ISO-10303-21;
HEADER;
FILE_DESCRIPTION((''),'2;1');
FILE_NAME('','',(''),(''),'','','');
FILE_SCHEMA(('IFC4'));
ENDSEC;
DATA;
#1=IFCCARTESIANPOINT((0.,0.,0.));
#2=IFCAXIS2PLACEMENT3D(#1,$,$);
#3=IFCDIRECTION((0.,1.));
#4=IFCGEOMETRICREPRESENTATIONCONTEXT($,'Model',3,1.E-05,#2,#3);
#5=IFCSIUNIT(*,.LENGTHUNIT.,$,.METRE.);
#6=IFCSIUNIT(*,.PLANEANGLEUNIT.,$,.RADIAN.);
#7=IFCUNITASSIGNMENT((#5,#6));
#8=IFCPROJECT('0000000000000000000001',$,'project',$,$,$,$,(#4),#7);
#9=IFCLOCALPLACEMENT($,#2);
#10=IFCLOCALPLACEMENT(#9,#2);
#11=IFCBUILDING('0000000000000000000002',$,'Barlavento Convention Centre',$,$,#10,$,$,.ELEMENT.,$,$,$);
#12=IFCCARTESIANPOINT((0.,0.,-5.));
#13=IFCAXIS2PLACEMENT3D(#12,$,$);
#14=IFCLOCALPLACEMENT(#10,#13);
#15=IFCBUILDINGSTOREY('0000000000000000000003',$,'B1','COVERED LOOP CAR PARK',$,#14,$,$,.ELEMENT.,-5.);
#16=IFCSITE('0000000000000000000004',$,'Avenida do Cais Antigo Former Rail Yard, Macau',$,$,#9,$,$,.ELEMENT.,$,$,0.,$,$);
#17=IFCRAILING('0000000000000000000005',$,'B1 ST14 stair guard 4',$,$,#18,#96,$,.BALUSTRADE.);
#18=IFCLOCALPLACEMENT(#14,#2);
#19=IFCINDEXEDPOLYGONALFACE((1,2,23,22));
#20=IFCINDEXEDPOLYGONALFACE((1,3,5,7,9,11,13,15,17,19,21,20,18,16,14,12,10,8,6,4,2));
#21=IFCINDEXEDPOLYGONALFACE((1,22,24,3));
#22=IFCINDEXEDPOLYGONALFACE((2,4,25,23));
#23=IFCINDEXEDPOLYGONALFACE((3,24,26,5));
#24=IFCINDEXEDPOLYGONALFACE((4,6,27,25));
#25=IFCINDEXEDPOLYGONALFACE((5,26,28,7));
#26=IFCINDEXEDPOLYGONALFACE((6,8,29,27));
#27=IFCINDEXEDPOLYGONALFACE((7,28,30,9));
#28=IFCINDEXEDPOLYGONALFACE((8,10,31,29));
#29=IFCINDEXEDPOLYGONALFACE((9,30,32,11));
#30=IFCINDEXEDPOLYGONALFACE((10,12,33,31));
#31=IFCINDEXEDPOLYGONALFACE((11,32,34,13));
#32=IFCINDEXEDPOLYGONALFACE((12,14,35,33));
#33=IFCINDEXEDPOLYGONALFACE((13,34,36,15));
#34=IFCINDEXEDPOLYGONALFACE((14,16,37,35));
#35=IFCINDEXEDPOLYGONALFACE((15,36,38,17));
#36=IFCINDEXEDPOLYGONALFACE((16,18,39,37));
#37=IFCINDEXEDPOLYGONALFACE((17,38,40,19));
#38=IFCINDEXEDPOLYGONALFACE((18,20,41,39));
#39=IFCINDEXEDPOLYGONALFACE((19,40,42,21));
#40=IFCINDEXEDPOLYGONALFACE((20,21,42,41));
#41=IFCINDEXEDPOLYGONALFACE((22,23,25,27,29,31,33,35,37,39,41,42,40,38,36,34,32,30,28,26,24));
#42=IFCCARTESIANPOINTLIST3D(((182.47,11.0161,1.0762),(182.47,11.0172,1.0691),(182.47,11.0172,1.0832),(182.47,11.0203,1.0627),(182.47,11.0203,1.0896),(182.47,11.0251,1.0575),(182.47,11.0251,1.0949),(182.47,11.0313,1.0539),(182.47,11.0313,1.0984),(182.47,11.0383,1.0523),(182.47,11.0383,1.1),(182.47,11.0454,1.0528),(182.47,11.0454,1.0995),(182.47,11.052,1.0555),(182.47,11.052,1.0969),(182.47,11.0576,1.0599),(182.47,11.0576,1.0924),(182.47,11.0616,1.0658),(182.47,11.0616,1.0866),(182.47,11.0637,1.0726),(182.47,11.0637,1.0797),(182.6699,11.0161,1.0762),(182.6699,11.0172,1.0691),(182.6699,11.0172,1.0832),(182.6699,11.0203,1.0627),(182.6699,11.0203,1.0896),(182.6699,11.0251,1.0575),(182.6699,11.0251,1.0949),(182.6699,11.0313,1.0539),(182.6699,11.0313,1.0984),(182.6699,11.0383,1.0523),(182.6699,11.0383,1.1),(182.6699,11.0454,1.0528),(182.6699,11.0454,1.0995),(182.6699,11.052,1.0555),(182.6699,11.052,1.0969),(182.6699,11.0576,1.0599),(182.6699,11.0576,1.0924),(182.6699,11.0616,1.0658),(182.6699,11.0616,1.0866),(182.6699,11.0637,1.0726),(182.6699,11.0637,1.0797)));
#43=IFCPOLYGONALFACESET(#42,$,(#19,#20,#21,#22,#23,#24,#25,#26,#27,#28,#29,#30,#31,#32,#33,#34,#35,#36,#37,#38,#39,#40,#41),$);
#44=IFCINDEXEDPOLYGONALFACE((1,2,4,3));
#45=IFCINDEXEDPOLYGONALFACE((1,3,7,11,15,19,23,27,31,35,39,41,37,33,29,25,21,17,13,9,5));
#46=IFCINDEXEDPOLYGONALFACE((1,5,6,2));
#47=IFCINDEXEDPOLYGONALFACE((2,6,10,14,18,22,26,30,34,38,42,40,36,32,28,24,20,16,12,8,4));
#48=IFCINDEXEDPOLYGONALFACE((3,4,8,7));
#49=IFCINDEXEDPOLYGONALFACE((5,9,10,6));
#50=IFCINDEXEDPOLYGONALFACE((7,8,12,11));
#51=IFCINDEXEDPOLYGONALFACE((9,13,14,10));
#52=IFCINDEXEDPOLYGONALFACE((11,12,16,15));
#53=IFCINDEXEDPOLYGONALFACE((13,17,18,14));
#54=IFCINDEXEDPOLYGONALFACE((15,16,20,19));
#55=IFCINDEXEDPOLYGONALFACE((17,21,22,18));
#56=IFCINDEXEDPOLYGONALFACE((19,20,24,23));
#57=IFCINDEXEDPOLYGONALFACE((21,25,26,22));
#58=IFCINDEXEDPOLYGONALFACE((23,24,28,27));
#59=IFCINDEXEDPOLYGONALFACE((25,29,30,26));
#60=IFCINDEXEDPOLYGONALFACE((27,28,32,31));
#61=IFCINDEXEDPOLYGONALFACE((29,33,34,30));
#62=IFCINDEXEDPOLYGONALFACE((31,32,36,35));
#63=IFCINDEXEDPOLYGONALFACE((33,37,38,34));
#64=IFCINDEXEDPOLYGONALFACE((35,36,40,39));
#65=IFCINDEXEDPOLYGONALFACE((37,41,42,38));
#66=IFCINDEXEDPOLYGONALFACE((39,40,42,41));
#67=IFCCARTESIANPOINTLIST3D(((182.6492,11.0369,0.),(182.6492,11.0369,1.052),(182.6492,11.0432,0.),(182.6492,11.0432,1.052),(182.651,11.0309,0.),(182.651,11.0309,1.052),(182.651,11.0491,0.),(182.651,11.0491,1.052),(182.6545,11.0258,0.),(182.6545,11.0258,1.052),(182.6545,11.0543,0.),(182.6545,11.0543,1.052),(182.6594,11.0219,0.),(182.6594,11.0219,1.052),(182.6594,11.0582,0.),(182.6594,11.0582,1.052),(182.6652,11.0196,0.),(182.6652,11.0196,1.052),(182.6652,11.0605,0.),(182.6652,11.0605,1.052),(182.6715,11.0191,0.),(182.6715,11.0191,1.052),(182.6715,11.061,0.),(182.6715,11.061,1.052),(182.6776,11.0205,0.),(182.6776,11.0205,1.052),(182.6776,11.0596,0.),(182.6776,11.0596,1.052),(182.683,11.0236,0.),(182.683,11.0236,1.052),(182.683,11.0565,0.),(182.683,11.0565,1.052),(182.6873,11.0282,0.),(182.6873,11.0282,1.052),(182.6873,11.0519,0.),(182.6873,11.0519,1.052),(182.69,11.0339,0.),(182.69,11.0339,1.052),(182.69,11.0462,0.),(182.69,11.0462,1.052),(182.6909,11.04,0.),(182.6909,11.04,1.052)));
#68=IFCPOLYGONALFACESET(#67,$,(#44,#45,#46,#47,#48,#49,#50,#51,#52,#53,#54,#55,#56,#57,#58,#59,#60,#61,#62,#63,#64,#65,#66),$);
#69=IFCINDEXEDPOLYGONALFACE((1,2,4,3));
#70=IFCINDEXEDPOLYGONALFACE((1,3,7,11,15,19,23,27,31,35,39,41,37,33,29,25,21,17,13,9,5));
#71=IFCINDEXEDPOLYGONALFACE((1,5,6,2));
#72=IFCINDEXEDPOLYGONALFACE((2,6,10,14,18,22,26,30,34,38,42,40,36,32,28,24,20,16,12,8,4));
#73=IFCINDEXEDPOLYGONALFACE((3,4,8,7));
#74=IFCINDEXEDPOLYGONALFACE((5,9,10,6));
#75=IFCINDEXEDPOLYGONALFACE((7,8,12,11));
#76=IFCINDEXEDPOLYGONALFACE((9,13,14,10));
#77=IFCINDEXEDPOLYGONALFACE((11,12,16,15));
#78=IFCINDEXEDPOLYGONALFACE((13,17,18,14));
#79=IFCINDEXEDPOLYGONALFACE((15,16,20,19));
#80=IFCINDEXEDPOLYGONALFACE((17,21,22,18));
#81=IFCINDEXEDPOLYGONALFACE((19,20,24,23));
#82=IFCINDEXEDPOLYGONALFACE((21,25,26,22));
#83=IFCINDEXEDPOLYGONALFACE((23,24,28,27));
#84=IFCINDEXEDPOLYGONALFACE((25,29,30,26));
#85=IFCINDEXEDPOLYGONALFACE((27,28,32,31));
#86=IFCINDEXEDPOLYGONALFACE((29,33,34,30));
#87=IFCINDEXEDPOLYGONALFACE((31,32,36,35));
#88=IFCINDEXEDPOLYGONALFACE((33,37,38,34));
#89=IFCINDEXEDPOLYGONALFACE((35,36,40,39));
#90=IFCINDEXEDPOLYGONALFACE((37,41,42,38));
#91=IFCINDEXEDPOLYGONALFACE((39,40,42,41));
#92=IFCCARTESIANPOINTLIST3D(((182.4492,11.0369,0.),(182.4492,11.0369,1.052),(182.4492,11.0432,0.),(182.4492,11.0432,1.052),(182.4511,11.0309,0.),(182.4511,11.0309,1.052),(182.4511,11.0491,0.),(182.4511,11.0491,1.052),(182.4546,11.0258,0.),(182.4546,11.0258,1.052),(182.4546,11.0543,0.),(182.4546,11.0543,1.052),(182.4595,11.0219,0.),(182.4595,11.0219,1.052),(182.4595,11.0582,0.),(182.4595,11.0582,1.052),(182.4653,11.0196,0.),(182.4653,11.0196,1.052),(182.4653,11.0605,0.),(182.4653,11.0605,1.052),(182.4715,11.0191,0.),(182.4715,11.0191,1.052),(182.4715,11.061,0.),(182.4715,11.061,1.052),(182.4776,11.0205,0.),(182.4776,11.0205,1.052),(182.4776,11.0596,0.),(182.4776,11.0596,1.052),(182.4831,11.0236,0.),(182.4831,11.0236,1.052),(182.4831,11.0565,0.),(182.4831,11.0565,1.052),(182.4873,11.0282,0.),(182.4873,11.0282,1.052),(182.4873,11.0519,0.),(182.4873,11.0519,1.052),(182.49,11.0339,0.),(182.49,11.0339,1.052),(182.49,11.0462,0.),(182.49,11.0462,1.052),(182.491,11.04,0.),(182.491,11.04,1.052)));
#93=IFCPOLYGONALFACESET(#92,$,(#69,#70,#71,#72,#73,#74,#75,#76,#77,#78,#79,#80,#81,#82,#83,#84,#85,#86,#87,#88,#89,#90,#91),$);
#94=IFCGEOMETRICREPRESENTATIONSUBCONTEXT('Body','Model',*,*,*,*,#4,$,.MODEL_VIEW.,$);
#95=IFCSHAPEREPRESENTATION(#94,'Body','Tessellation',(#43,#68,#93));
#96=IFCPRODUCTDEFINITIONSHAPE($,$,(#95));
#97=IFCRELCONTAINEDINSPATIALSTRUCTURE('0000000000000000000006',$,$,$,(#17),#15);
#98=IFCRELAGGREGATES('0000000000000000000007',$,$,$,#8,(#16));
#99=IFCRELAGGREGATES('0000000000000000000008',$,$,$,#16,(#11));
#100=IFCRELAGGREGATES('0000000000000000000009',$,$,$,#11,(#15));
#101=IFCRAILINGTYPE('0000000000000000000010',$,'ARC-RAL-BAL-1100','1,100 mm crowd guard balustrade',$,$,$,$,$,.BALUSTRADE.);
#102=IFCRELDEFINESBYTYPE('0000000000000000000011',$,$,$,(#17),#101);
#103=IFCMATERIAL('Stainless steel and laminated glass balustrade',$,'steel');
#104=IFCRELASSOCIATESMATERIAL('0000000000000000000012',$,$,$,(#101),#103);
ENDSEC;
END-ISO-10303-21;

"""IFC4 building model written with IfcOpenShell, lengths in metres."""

from ifc_helpers import new_model, si_unit, direction, frame, origin, origin_2d, place, context, subcontext, project, spatial, circle, extrude, material, type_object, element, save


model = new_model("IFC4")

# Units and contexts
model_context = context("Model", 3, precision=1e-05, world=origin(), true_north=direction((0.0, 1.0)))
body_context = subcontext(model_context, "Body", "Model", "MODEL_VIEW")
ifc_project = project(units=[si_unit("LENGTHUNIT", "METRE"), si_unit("PLANEANGLEUNIT", "RADIAN")], contexts=[model_context])

# Site, building, storey
site_placement = place(None, origin())
site = spatial("IfcSite", under=ifc_project, at=site_placement, Name="Avenida do Cais Antigo Former Rail Yard, Macau", CompositionType="ELEMENT", RefElevation=0.0)
building_placement = place(site_placement, origin())
building = spatial("IfcBuilding", under=site, at=building_placement, Name="Barlavento Convention Centre", CompositionType="ELEMENT")
storey_placement = place(building_placement, frame((0.0, 0.0, -5.0)))
storey = spatial("IfcBuildingStorey", under=building, at=storey_placement, Name="B1", Description="COVERED LOOP CAR PARK", CompositionType="ELEMENT", Elevation=-5.0)

# Railing
ifc_material_1 = material(Name="Stainless steel and laminated glass balustrade", Category="steel")
railing_type_1 = type_object("IfcRailingType", Name="ARC-RAL-BAL-1100", Description="1,100 mm crowd guard balustrade", PredefinedType="BALUSTRADE", material=ifc_material_1)
railing_1_placement = place(storey_placement, frame((182.6699, 11.04, 0.0)))
element("IfcRailing", 1, at=railing_1_placement, inside=storey, type_object=railing_type_1, Name="B1 ST14 stair guard 4", PredefinedType="BALUSTRADE", context=body_context, shape_type="SweptSolid", body=[
    extrude(circle(Radius=0.0239, at=origin_2d()), frame((0.0, 0.0, 1.0762), z_axis=(-1.0, 0.0, 0.0), x_axis=(0.0, -1.0, 0.0)), (0.0, 0.0, 1.0), 0.2),
    extrude(circle(Radius=0.021, at=origin_2d()), origin(), (0.0, 0.0, 1.0), 1.052),
    extrude(circle(Radius=0.021, at=origin_2d()), frame((-0.2, 0.0, 0.0)), (0.0, 0.0, 1.0), 1.052),
])

save(model, "model.ifc")
